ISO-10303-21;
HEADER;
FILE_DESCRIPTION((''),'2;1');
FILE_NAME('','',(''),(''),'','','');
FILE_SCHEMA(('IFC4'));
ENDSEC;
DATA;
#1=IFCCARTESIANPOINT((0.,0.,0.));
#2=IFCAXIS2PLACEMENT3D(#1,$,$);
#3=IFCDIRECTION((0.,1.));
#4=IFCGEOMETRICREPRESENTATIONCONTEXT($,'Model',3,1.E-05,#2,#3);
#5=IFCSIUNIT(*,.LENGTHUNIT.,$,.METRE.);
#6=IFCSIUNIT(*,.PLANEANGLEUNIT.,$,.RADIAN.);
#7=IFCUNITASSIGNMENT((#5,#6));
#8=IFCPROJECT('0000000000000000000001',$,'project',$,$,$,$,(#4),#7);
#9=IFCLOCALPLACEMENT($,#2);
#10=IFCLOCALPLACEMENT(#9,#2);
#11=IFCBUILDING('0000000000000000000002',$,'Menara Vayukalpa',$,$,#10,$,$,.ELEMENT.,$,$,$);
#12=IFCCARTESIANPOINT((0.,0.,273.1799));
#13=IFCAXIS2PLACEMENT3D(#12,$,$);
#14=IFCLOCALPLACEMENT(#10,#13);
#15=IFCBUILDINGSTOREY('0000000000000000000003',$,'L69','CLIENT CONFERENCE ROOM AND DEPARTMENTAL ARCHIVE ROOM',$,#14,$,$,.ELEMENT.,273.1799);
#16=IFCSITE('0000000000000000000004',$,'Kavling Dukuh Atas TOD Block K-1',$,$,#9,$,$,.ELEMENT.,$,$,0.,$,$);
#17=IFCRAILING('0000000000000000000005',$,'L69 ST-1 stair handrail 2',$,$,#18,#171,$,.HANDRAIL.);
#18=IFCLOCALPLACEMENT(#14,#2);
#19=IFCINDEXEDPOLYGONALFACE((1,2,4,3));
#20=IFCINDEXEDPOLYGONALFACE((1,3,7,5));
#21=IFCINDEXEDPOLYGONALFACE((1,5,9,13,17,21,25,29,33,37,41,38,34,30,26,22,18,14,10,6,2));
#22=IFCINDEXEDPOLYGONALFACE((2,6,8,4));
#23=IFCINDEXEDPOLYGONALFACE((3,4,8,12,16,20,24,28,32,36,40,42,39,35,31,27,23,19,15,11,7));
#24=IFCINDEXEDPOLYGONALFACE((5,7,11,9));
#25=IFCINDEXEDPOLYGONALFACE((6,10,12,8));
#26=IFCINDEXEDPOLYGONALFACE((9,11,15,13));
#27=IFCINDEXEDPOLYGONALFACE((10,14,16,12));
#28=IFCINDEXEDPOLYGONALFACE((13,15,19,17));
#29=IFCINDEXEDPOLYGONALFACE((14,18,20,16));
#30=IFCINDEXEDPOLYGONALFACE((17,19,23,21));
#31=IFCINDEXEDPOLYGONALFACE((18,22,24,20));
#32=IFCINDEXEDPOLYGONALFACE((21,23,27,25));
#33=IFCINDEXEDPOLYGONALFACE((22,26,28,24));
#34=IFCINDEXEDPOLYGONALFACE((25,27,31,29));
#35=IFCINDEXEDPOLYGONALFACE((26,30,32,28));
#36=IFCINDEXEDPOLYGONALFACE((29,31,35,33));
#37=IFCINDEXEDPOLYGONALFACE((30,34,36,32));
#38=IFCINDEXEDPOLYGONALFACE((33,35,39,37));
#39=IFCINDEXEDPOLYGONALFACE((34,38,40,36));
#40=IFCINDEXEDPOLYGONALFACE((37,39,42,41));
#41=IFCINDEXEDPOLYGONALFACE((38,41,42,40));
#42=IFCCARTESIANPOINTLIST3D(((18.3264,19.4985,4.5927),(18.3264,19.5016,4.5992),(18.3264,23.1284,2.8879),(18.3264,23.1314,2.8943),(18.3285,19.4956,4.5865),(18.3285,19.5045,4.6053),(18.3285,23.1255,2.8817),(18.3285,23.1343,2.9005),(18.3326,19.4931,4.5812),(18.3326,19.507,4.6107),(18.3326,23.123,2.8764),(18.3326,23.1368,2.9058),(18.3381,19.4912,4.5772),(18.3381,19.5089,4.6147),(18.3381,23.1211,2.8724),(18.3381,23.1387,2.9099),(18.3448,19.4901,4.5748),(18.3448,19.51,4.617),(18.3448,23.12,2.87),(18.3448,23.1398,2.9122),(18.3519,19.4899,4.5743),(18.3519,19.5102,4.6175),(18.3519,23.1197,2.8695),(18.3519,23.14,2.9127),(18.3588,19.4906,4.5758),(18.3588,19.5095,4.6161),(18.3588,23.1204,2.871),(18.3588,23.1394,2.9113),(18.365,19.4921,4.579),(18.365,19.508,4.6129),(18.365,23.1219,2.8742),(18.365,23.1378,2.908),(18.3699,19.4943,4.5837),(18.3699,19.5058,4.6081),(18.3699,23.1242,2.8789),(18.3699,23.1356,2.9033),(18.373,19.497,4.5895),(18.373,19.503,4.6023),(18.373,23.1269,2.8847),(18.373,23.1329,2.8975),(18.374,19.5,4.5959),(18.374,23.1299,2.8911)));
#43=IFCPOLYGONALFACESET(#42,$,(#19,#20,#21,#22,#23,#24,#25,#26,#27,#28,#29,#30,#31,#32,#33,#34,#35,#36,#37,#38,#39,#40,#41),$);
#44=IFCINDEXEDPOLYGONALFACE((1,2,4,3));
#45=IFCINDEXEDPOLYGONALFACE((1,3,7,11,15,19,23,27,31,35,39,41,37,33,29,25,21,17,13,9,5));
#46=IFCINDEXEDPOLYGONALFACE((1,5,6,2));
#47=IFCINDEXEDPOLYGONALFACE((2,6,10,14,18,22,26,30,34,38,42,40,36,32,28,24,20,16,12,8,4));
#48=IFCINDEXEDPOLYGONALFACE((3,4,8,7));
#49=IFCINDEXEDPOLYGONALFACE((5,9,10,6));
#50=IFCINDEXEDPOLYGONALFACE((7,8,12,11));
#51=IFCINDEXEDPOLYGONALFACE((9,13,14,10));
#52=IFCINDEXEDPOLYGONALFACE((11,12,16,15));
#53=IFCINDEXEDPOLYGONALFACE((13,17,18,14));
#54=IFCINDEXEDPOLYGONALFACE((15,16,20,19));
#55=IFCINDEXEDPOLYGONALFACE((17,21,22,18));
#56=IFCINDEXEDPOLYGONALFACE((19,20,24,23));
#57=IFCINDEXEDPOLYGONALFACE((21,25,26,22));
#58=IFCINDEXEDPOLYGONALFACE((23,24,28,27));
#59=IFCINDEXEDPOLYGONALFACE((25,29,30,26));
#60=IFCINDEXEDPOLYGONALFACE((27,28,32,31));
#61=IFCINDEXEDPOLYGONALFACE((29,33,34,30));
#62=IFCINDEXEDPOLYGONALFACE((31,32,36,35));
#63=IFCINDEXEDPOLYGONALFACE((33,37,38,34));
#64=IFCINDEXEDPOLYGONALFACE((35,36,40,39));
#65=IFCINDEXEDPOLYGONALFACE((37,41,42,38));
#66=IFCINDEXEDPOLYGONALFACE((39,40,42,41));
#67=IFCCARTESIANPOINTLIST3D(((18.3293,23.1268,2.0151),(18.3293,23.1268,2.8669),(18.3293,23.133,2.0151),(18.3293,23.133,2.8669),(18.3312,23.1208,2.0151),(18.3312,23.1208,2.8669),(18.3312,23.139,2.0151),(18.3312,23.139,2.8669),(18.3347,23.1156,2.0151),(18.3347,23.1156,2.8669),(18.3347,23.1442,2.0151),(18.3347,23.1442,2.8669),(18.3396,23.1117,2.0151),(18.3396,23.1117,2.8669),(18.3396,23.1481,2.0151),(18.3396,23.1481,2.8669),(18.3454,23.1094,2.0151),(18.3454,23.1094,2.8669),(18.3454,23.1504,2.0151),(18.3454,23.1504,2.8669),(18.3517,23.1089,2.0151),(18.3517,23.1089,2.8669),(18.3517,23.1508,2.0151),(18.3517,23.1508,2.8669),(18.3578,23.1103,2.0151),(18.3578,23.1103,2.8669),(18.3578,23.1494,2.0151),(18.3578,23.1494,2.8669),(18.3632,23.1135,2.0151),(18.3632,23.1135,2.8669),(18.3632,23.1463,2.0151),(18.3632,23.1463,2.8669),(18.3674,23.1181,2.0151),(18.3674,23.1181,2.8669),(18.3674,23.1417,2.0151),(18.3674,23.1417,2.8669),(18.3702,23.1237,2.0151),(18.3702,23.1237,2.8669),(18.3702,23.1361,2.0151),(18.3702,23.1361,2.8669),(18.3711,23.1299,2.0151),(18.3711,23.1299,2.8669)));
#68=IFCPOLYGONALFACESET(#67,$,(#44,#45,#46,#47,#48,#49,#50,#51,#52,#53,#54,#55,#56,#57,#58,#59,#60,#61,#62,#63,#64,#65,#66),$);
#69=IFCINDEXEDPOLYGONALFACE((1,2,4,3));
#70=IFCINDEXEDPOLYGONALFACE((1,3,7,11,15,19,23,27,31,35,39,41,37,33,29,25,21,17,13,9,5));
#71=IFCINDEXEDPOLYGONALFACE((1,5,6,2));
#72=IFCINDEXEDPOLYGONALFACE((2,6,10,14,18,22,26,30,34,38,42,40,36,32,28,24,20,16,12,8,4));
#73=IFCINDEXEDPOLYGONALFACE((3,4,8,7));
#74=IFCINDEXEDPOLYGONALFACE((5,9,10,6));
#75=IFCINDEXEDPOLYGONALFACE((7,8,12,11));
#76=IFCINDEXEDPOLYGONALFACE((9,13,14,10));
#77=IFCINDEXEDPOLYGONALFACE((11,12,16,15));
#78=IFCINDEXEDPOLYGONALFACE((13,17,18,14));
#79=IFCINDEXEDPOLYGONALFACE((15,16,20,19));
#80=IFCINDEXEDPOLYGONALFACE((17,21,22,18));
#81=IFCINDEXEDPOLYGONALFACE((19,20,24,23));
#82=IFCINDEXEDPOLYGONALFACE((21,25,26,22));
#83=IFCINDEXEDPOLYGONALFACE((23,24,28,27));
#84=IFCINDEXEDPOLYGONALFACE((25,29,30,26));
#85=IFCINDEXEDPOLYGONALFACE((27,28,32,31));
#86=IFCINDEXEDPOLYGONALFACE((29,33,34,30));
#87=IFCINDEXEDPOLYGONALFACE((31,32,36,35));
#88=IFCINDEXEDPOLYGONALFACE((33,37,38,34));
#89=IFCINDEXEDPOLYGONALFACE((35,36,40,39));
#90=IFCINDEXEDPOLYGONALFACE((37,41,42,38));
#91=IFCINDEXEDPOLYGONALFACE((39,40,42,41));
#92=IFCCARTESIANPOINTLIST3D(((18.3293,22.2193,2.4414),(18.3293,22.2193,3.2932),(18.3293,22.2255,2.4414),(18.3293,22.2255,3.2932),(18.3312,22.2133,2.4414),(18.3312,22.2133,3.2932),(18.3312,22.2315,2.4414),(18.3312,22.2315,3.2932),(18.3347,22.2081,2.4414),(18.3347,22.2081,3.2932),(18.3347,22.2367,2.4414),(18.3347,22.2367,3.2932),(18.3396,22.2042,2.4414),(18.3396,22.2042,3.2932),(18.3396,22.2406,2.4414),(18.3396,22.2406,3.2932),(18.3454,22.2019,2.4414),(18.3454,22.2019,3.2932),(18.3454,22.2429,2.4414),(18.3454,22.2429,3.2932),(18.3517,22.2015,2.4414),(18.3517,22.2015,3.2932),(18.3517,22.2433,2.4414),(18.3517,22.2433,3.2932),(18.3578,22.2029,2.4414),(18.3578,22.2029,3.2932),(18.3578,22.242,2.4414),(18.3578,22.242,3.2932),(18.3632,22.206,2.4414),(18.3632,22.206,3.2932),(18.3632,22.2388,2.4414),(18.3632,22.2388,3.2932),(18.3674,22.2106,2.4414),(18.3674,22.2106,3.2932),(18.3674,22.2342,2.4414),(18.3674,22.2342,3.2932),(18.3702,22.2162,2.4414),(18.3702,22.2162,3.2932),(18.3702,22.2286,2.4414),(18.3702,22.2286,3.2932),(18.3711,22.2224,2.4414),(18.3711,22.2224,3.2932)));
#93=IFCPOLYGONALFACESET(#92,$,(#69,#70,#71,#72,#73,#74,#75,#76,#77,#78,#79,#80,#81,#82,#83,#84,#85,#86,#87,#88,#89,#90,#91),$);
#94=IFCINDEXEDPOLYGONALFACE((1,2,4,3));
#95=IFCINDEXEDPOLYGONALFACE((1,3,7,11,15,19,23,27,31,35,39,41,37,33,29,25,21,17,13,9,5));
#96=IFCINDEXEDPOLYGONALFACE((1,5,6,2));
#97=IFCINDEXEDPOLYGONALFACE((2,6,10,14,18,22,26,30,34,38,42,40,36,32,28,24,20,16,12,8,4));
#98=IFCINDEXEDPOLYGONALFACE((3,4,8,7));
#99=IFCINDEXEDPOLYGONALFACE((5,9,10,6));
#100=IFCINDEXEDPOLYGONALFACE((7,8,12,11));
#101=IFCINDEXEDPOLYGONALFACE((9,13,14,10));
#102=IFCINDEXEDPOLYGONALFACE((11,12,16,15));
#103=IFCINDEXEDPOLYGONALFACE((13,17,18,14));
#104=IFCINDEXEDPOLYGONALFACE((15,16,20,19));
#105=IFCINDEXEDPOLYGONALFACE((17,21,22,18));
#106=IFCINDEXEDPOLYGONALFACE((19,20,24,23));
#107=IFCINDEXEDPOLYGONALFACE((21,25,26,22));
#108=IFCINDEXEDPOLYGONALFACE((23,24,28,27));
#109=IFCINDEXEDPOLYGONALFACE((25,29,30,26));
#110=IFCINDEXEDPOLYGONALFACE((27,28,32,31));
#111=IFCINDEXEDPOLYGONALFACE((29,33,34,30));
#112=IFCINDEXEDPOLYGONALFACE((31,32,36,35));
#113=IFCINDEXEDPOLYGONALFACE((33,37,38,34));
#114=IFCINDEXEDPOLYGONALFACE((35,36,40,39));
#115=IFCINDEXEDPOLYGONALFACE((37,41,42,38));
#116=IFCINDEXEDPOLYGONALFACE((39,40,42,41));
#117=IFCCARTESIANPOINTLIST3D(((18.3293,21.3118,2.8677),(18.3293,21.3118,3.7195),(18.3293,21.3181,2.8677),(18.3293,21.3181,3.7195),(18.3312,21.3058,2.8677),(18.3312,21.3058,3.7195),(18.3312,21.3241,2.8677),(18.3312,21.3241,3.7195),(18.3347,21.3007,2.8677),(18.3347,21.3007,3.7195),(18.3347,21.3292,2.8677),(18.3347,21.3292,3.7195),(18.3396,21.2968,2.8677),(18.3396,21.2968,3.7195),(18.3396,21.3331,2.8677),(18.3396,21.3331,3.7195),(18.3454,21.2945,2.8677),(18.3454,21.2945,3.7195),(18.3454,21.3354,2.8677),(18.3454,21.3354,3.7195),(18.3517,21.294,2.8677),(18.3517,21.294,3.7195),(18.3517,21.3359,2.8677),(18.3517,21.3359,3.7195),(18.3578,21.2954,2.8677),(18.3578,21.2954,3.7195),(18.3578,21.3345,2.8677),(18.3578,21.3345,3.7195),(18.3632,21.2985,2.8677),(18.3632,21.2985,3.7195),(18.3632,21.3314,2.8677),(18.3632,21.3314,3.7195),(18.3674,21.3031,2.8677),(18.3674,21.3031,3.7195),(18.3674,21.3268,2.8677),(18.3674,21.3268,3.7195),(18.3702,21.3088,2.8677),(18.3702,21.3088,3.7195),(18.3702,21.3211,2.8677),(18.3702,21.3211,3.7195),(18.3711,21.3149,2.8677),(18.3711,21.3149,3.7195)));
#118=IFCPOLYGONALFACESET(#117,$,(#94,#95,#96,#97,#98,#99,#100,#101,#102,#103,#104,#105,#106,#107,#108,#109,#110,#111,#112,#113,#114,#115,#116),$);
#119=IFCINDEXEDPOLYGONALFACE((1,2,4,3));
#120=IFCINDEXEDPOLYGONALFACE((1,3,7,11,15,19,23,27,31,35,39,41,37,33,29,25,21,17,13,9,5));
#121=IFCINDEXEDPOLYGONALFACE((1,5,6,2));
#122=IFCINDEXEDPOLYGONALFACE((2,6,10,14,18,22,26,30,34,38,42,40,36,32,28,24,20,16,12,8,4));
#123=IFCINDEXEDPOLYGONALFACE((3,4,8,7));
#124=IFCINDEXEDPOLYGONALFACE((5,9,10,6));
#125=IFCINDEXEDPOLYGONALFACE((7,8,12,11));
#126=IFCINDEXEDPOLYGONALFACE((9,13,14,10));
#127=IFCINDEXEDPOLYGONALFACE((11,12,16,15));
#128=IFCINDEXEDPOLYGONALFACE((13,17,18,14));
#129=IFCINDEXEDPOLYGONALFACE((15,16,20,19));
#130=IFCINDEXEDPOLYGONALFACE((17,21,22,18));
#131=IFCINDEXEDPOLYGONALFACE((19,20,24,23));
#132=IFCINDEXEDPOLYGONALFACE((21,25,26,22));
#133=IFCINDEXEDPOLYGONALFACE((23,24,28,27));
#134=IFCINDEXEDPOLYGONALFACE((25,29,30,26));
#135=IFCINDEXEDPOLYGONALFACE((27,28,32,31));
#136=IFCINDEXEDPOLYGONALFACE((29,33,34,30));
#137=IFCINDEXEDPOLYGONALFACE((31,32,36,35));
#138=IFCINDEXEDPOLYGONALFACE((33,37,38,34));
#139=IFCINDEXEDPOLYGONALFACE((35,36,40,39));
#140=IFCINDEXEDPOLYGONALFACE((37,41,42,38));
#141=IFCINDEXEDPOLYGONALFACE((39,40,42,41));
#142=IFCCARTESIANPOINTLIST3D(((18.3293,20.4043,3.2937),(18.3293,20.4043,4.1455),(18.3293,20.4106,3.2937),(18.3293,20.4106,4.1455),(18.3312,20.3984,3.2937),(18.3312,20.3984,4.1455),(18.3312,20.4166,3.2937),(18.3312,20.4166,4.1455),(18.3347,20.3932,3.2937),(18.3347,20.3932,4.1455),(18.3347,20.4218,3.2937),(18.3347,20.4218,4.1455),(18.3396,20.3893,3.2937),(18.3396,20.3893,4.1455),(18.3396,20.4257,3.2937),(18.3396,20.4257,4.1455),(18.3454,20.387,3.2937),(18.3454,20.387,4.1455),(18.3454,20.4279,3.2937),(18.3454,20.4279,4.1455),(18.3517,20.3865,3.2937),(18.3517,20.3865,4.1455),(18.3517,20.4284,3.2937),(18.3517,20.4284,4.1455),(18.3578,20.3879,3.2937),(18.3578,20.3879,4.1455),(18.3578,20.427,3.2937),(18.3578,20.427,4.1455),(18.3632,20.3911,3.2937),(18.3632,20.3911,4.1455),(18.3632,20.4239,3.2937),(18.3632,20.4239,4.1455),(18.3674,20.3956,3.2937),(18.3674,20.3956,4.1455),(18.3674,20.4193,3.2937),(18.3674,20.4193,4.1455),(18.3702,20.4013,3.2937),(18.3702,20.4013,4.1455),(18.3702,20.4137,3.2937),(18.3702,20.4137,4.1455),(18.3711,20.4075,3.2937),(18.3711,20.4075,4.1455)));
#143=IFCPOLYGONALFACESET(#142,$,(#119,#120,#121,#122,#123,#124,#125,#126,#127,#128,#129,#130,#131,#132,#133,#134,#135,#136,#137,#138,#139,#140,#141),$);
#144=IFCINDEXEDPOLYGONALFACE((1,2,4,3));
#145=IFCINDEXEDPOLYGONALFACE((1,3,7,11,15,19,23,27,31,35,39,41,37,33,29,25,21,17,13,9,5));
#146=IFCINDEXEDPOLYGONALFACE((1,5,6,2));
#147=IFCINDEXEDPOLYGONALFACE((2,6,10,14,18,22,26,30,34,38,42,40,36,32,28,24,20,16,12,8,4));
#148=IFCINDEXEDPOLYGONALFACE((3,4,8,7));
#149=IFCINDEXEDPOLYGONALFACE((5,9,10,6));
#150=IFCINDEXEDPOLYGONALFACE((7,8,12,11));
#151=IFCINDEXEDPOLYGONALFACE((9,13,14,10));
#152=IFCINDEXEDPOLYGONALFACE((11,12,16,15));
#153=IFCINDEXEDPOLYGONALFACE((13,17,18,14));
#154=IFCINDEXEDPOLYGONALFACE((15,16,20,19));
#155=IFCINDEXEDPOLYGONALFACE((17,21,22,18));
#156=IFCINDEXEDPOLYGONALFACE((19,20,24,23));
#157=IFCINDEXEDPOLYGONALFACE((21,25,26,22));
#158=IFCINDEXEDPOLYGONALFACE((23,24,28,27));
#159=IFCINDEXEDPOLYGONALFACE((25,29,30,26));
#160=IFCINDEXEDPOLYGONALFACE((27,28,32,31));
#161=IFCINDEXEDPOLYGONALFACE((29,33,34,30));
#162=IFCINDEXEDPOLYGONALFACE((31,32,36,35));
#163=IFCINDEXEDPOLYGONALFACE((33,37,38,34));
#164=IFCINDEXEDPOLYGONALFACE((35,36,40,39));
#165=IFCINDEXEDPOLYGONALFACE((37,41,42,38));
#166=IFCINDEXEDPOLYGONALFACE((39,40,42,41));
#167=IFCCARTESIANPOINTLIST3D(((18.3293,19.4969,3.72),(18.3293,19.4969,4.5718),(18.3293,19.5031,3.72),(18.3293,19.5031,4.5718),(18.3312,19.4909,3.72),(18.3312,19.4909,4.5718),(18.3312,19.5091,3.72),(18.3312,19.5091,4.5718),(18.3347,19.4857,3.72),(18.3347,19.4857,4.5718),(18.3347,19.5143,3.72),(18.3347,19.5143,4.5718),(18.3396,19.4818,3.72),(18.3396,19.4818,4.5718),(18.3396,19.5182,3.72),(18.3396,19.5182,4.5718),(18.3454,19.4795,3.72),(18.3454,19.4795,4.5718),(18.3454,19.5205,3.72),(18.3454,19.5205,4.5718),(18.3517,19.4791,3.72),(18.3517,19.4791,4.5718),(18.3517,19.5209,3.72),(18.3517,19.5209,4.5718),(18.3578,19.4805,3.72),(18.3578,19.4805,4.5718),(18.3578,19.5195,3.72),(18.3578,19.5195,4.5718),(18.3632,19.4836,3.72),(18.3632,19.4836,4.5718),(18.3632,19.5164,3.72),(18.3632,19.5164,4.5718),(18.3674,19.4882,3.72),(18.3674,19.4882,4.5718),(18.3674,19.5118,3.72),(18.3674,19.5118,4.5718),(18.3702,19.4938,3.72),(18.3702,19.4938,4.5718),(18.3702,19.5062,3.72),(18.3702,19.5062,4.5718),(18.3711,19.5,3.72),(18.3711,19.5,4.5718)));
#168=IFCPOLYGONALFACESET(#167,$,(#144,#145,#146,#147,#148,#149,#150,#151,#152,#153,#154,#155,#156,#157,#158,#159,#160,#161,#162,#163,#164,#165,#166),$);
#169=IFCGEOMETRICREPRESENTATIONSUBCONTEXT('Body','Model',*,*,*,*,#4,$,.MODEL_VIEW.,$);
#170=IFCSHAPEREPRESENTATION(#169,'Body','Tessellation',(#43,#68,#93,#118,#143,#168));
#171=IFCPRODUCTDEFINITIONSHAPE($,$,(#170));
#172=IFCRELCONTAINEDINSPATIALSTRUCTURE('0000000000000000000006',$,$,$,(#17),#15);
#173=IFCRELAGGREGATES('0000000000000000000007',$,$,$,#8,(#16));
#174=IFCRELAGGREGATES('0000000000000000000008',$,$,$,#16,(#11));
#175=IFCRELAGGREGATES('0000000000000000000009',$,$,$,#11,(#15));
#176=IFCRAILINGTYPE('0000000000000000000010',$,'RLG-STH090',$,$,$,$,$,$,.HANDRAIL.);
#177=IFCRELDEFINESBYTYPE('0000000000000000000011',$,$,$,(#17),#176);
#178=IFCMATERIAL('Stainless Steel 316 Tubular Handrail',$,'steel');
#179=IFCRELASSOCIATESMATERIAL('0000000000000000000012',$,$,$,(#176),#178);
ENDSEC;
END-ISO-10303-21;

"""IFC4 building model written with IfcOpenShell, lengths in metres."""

from ifc_helpers import new_model, si_unit, direction, frame, origin, origin_2d, place, context, subcontext, project, spatial, circle, extrude, material, type_object, element, save


model = new_model("IFC4")

# Units and contexts
model_context = context("Model", 3, precision=1e-05, world=origin(), true_north=direction((0.0, 1.0)))
body_context = subcontext(model_context, "Body", "Model", "MODEL_VIEW")
ifc_project = project(units=[si_unit("LENGTHUNIT", "METRE"), si_unit("PLANEANGLEUNIT", "RADIAN")], contexts=[model_context])

# Site, building, storey
site_placement = place(None, origin())
site = spatial("IfcSite", under=ifc_project, at=site_placement, Name="Kavling Dukuh Atas TOD Block K-1", CompositionType="ELEMENT", RefElevation=0.0)
building_placement = place(site_placement, origin())
building = spatial("IfcBuilding", under=site, at=building_placement, Name="Menara Vayukalpa", CompositionType="ELEMENT")
storey_placement = place(building_placement, frame((0.0, 0.0, 273.1799)))
storey = spatial("IfcBuildingStorey", under=building, at=storey_placement, Name="L69", Description="CLIENT CONFERENCE ROOM AND DEPARTMENTAL ARCHIVE ROOM", CompositionType="ELEMENT", Elevation=273.1799)

# Railing
ifc_material_1 = material(Name="Stainless Steel 316 Tubular Handrail", Category="steel")
railing_type_1 = type_object("IfcRailingType", Name="RLG-STH090", PredefinedType="HANDRAIL", material=ifc_material_1)
railing_1_placement = place(storey_placement, frame((18.3501, 23.1299, 2.0151)))
element("IfcRailing", 1, at=railing_1_placement, inside=storey, type_object=railing_type_1, Name="L69 ST-1 stair handrail 2", PredefinedType="HANDRAIL", context=body_context, shape_type="SweptSolid", body=[
    extrude(circle(Radius=0.0239, at=origin_2d()), frame((0.0, 0.0, 0.876), z_axis=(0.0, -0.90514, 0.425114), x_axis=(1.0, 0.0, 0.0)), (0.0, 0.0, 1.0), 4.0103),
    extrude(circle(Radius=0.021, at=origin_2d()), origin(), (0.0, 0.0, 1.0), 0.8518),
    extrude(circle(Radius=0.021, at=origin_2d()), frame((0.0, -0.9075, 0.4263)), (0.0, 0.0, 1.0), 0.8518),
    extrude(circle(Radius=0.021, at=origin_2d()), frame((0.0, -1.8149, 0.8525)), (0.0, 0.0, 1.0), 0.8518),
    extrude(circle(Radius=0.021, at=origin_2d()), frame((0.0, -2.7224, 1.2786)), (0.0, 0.0, 1.0), 0.8518),
    extrude(circle(Radius=0.021, at=origin_2d()), frame((0.0, -3.6299, 1.7048)), (0.0, 0.0, 1.0), 0.8518),
])

save(model, "model.ifc")
